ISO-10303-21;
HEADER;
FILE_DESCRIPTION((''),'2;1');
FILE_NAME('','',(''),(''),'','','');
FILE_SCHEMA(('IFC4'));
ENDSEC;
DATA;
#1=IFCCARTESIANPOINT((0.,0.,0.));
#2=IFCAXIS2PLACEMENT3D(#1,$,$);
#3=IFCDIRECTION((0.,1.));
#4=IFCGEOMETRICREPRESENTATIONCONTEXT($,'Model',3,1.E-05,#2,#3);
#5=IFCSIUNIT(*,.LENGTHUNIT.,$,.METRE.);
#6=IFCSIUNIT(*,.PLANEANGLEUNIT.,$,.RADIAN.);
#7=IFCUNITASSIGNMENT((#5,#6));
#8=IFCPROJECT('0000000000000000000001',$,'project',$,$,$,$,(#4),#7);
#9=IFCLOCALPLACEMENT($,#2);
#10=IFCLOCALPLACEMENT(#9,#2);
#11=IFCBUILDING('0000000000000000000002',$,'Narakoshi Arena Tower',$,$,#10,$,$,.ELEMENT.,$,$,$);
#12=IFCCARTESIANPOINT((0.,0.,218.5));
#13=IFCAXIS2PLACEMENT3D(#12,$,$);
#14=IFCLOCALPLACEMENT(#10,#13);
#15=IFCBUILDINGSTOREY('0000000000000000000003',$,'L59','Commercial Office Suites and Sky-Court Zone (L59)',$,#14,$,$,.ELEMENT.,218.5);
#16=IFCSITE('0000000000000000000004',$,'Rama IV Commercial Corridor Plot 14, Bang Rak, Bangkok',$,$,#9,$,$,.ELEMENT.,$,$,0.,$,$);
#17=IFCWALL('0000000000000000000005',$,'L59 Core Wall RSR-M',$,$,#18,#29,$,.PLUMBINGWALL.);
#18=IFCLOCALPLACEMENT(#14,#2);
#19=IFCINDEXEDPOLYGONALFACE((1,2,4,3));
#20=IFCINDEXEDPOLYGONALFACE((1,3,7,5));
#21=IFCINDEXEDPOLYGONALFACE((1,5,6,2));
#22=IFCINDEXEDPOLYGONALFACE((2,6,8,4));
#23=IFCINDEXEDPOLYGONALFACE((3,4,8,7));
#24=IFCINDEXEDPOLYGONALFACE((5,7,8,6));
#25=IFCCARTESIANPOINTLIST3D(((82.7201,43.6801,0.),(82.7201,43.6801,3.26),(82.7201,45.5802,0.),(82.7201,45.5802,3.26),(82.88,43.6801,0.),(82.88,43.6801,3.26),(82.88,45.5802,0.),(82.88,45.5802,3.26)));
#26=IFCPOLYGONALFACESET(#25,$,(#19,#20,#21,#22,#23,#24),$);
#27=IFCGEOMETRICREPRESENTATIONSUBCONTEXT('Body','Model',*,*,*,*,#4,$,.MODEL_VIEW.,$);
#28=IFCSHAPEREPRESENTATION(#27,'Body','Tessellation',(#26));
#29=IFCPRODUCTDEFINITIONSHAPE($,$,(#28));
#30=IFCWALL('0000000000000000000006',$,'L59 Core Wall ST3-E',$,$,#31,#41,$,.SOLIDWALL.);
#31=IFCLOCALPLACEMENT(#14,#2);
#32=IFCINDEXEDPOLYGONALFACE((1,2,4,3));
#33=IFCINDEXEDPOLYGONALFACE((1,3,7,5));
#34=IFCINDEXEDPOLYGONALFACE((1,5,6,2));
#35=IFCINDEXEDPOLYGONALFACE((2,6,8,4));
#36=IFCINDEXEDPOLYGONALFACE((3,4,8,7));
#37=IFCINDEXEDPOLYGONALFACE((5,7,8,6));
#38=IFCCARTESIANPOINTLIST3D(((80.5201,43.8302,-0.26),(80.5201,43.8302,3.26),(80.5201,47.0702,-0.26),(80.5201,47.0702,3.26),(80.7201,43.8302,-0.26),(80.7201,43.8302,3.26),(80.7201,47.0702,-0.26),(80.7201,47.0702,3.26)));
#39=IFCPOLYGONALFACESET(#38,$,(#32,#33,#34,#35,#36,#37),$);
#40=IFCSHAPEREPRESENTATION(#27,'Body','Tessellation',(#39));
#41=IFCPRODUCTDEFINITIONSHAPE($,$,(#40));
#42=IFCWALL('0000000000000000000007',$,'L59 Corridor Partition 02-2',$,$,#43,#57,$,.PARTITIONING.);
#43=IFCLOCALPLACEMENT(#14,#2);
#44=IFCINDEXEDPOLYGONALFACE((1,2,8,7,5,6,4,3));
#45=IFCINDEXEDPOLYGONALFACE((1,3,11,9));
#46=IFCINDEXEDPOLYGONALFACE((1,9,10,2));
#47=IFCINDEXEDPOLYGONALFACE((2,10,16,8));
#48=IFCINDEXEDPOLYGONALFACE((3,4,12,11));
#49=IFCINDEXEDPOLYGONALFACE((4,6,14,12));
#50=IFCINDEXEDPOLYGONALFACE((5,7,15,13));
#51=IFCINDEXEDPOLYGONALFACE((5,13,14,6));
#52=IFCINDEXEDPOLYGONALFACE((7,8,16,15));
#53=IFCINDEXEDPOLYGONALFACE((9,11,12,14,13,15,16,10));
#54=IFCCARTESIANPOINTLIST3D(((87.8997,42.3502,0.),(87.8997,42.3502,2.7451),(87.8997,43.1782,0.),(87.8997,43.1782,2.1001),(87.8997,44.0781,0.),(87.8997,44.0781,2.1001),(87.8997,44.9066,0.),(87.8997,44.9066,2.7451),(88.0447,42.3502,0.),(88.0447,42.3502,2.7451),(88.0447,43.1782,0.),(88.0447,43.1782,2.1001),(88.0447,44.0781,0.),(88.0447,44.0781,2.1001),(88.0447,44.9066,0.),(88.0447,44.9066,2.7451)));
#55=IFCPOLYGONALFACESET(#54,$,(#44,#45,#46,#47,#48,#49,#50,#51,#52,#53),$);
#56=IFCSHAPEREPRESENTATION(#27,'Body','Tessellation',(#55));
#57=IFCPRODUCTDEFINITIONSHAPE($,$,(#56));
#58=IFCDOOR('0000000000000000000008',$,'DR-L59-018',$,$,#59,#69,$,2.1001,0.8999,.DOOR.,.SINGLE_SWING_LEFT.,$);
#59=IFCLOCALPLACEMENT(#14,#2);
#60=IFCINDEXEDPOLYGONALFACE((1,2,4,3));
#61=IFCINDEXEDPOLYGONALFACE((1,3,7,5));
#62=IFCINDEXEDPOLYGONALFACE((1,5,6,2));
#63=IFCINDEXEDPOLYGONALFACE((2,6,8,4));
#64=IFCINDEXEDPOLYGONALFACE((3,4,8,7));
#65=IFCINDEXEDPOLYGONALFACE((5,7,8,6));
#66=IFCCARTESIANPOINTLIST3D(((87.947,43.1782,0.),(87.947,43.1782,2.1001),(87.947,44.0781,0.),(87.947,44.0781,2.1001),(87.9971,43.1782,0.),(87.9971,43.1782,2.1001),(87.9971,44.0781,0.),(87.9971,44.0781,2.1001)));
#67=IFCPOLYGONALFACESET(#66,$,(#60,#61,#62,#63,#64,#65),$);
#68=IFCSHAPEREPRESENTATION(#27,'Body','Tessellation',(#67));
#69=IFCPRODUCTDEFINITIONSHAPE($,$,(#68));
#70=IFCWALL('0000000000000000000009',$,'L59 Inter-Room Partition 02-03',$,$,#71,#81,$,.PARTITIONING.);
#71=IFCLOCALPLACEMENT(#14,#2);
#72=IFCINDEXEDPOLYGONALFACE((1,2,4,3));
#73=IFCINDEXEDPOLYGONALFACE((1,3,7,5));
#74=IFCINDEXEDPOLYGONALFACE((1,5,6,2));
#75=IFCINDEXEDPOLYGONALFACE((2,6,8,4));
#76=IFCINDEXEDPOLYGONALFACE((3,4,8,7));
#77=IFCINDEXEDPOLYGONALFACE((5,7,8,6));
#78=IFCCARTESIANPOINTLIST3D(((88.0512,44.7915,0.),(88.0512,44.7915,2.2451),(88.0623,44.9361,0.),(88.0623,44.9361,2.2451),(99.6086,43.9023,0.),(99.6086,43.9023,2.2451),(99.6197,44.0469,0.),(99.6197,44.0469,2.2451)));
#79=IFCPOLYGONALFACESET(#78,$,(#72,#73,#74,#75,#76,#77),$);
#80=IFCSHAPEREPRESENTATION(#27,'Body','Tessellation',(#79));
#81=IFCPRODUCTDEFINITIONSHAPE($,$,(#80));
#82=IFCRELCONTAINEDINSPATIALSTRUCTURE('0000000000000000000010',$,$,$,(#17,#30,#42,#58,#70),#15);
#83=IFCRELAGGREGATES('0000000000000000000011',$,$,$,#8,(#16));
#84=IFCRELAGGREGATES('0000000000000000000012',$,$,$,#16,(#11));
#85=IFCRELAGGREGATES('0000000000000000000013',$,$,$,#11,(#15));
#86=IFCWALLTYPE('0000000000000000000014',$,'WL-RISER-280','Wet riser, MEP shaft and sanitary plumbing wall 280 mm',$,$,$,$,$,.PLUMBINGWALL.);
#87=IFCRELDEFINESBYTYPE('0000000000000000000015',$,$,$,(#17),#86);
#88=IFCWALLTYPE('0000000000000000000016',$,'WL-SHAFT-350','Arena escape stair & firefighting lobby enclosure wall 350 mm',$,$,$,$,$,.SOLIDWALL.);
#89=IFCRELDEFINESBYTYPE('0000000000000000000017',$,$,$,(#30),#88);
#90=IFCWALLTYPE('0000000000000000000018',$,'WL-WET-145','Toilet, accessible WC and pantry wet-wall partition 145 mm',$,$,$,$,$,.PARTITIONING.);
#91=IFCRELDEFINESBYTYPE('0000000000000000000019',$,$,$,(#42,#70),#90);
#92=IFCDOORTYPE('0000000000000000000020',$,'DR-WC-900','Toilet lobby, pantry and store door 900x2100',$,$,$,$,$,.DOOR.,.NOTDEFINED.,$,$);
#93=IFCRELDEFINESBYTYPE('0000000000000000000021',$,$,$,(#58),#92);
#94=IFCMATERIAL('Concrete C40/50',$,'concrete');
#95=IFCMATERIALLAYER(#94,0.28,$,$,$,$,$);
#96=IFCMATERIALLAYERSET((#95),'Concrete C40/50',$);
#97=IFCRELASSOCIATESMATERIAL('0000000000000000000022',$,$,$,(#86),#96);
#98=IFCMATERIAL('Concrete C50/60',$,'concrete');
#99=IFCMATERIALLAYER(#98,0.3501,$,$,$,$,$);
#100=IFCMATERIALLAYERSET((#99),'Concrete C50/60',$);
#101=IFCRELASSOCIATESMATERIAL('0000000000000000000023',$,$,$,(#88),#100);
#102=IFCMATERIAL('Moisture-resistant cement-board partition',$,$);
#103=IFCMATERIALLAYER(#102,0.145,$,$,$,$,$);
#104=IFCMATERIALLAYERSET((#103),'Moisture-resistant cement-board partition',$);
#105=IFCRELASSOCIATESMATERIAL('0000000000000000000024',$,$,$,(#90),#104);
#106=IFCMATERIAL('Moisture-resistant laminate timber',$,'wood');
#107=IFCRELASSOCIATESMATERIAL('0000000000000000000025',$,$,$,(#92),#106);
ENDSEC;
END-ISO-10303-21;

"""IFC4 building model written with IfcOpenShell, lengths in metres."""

from ifc_helpers import new_model, si_unit, direction, frame, frame_2d, origin, place, context, subcontext, project, spatial, rectangle, extrude, material, layer, layer_set, type_object, element, fill, save


model = new_model("IFC4")

# Units and contexts
model_context = context("Model", 3, precision=1e-05, world=origin(), true_north=direction((0.0, 1.0)))
body_context = subcontext(model_context, "Body", "Model", "MODEL_VIEW")
ifc_project = project(units=[si_unit("LENGTHUNIT", "METRE"), si_unit("PLANEANGLEUNIT", "RADIAN")], contexts=[model_context])

# Site, building, storey
site_placement = place(None, origin())
site = spatial("IfcSite", under=ifc_project, at=site_placement, Name="Rama IV Commercial Corridor Plot 14, Bang Rak, Bangkok", CompositionType="ELEMENT", RefElevation=0.0)
building_placement = place(site_placement, origin())
building = spatial("IfcBuilding", under=site, at=building_placement, Name="Narakoshi Arena Tower", CompositionType="ELEMENT")
storey_placement = place(building_placement, frame((0.0, 0.0, 218.5)))
storey = spatial("IfcBuildingStorey", under=building, at=storey_placement, Name="L59", Description="Commercial Office Suites and Sky-Court Zone (L59)", CompositionType="ELEMENT", Elevation=218.5)

# Shared definitions
ifc_material_1 = material(Name="Concrete C40/50", Category="concrete")
ifc_layer_1 = layer(ifc_material_1, 0.28)
ifc_layer_set_1 = layer_set([ifc_layer_1], Name="Concrete C40/50")
wall_type_1 = type_object("IfcWallType", Name="WL-RISER-280", Description="Wet riser, MEP shaft and sanitary plumbing wall 280 mm", PredefinedType="PLUMBINGWALL", material=ifc_layer_set_1)

# Walls
wall_1_placement = place(storey_placement, frame((82.8, 43.6799, 0.0), z_axis=(0.0, 0.0, 1.0), x_axis=(0.0, 1.0, 0.0)))
element("IfcWall", 1, at=wall_1_placement, inside=storey, type_object=wall_type_1, Name="L59 Core Wall RSR-M", PredefinedType="PLUMBINGWALL", context=body_context, shape_type="SweptSolid", body=[
    extrude(rectangle(XDim=1.9001, YDim=0.1599, at=frame_2d((0.9502, 0.0))), origin(), (0.0, 0.0, 1.0), 3.26),
])
ifc_material_2 = material(Name="Concrete C50/60", Category="concrete")
ifc_layer_2 = layer(ifc_material_2, 0.3501)
ifc_layer_set_2 = layer_set([ifc_layer_2], Name="Concrete C50/60")
wall_type_2 = type_object("IfcWallType", Name="WL-SHAFT-350", Description="Arena escape stair & firefighting lobby enclosure wall 350 mm", PredefinedType="SOLIDWALL", material=ifc_layer_set_2)
wall_2_placement = place(storey_placement, frame((80.6201, 43.8301, -0.26), z_axis=(0.0, 0.0, 1.0), x_axis=(0.0, 1.0, 0.0)))
element("IfcWall", 2, at=wall_2_placement, inside=storey, type_object=wall_type_2, Name="L59 Core Wall ST3-E", PredefinedType="SOLIDWALL", context=body_context, shape_type="SweptSolid", body=[
    extrude(rectangle(XDim=3.24, YDim=0.2, at=frame_2d((1.6201, 0.0))), origin(), (0.0, 0.0, 1.0), 3.52),
])

# Wall, opening, door
ifc_material_3 = material(Name="Moisture-resistant cement-board partition")
ifc_layer_3 = layer(ifc_material_3, 0.145)
ifc_layer_set_3 = layer_set([ifc_layer_3], Name="Moisture-resistant cement-board partition")
wall_type_3 = type_object("IfcWallType", Name="WL-WET-145", Description="Toilet, accessible WC and pantry wet-wall partition 145 mm", PredefinedType="PARTITIONING", material=ifc_layer_set_3)
wall_3_placement = place(storey_placement, frame((87.9722, 42.3501, 0.0), z_axis=(0.0, 0.0, 1.0), x_axis=(0.0, 1.0, 0.0)))
wall_3 = element("IfcWall", 3, at=wall_3_placement, inside=storey, type_object=wall_type_3, Name="L59 Corridor Partition 02-2", PredefinedType="PARTITIONING", context=body_context, shape_type="SweptSolid", body=[
    extrude(rectangle(XDim=2.5564, YDim=0.145, at=frame_2d((1.2783, 0.0))), origin(), (0.0, 0.0, 1.0), 2.7451),
])
opening_1_placement = place(wall_3_placement, frame((0.8281, 0.0, 0.0)))
opening_1 = element("IfcOpeningElement", 4, at=opening_1_placement, cuts=wall_3, PredefinedType="OPENING", context=body_context, shape_type="SweptSolid", body=[
    extrude(rectangle(XDim=0.8999, YDim=2.1001, at=frame_2d((0.45, 1.05))), frame((0.0, 0.0825, 0.0), z_axis=(0.0, -1.0, 0.0), x_axis=(1.0, 0.0, 0.0)), (0.0, 0.0, 1.0), 0.165),
])
ifc_material_4 = material(Name="Moisture-resistant laminate timber", Category="wood")
door_type_1 = type_object("IfcDoorType", Name="DR-WC-900", Description="Toilet lobby, pantry and store door 900x2100", OperationType="NOTDEFINED", PredefinedType="DOOR", material=ifc_material_4)
door_1_placement = place(opening_1_placement, frame((0.8999, 0.0, 0.0), z_axis=(0.0, 0.0, 1.0), x_axis=(-1.0, 0.0, 0.0)))
door_1 = element("IfcDoor", 5, at=door_1_placement, inside=storey, type_object=door_type_1, Name="DR-L59-018", OperationType="SINGLE_SWING_LEFT", OverallHeight=2.1001, OverallWidth=0.8999, PredefinedType="DOOR", context=body_context, shape_type="SweptSolid", body=[
    extrude(rectangle(XDim=0.8999, YDim=2.1001, at=frame_2d((0.45, 1.05))), frame((0.0, 0.0249, 0.0), z_axis=(0.0, -1.0, 0.0), x_axis=(1.0, 0.0, 0.0)), (0.0, 0.0, 1.0), 0.05),
])
fill(opening_1, door_1)

# Wall
wall_4_placement = place(storey_placement, frame((88.0566, 44.8638, 0.0), z_axis=(0.0, 0.0, 1.0), x_axis=(0.997054, -0.076708, 0.0)))
element("IfcWall", 6, at=wall_4_placement, inside=storey, type_object=wall_type_3, Name="L59 Inter-Room Partition 02-03", PredefinedType="PARTITIONING", context=body_context, shape_type="SweptSolid", body=[
    extrude(rectangle(XDim=11.5916, YDim=0.145, at=frame_2d((5.7959, 0.0))), origin(), (0.0, 0.0, 1.0), 2.2451),
])

save(model, "model.ifc")
